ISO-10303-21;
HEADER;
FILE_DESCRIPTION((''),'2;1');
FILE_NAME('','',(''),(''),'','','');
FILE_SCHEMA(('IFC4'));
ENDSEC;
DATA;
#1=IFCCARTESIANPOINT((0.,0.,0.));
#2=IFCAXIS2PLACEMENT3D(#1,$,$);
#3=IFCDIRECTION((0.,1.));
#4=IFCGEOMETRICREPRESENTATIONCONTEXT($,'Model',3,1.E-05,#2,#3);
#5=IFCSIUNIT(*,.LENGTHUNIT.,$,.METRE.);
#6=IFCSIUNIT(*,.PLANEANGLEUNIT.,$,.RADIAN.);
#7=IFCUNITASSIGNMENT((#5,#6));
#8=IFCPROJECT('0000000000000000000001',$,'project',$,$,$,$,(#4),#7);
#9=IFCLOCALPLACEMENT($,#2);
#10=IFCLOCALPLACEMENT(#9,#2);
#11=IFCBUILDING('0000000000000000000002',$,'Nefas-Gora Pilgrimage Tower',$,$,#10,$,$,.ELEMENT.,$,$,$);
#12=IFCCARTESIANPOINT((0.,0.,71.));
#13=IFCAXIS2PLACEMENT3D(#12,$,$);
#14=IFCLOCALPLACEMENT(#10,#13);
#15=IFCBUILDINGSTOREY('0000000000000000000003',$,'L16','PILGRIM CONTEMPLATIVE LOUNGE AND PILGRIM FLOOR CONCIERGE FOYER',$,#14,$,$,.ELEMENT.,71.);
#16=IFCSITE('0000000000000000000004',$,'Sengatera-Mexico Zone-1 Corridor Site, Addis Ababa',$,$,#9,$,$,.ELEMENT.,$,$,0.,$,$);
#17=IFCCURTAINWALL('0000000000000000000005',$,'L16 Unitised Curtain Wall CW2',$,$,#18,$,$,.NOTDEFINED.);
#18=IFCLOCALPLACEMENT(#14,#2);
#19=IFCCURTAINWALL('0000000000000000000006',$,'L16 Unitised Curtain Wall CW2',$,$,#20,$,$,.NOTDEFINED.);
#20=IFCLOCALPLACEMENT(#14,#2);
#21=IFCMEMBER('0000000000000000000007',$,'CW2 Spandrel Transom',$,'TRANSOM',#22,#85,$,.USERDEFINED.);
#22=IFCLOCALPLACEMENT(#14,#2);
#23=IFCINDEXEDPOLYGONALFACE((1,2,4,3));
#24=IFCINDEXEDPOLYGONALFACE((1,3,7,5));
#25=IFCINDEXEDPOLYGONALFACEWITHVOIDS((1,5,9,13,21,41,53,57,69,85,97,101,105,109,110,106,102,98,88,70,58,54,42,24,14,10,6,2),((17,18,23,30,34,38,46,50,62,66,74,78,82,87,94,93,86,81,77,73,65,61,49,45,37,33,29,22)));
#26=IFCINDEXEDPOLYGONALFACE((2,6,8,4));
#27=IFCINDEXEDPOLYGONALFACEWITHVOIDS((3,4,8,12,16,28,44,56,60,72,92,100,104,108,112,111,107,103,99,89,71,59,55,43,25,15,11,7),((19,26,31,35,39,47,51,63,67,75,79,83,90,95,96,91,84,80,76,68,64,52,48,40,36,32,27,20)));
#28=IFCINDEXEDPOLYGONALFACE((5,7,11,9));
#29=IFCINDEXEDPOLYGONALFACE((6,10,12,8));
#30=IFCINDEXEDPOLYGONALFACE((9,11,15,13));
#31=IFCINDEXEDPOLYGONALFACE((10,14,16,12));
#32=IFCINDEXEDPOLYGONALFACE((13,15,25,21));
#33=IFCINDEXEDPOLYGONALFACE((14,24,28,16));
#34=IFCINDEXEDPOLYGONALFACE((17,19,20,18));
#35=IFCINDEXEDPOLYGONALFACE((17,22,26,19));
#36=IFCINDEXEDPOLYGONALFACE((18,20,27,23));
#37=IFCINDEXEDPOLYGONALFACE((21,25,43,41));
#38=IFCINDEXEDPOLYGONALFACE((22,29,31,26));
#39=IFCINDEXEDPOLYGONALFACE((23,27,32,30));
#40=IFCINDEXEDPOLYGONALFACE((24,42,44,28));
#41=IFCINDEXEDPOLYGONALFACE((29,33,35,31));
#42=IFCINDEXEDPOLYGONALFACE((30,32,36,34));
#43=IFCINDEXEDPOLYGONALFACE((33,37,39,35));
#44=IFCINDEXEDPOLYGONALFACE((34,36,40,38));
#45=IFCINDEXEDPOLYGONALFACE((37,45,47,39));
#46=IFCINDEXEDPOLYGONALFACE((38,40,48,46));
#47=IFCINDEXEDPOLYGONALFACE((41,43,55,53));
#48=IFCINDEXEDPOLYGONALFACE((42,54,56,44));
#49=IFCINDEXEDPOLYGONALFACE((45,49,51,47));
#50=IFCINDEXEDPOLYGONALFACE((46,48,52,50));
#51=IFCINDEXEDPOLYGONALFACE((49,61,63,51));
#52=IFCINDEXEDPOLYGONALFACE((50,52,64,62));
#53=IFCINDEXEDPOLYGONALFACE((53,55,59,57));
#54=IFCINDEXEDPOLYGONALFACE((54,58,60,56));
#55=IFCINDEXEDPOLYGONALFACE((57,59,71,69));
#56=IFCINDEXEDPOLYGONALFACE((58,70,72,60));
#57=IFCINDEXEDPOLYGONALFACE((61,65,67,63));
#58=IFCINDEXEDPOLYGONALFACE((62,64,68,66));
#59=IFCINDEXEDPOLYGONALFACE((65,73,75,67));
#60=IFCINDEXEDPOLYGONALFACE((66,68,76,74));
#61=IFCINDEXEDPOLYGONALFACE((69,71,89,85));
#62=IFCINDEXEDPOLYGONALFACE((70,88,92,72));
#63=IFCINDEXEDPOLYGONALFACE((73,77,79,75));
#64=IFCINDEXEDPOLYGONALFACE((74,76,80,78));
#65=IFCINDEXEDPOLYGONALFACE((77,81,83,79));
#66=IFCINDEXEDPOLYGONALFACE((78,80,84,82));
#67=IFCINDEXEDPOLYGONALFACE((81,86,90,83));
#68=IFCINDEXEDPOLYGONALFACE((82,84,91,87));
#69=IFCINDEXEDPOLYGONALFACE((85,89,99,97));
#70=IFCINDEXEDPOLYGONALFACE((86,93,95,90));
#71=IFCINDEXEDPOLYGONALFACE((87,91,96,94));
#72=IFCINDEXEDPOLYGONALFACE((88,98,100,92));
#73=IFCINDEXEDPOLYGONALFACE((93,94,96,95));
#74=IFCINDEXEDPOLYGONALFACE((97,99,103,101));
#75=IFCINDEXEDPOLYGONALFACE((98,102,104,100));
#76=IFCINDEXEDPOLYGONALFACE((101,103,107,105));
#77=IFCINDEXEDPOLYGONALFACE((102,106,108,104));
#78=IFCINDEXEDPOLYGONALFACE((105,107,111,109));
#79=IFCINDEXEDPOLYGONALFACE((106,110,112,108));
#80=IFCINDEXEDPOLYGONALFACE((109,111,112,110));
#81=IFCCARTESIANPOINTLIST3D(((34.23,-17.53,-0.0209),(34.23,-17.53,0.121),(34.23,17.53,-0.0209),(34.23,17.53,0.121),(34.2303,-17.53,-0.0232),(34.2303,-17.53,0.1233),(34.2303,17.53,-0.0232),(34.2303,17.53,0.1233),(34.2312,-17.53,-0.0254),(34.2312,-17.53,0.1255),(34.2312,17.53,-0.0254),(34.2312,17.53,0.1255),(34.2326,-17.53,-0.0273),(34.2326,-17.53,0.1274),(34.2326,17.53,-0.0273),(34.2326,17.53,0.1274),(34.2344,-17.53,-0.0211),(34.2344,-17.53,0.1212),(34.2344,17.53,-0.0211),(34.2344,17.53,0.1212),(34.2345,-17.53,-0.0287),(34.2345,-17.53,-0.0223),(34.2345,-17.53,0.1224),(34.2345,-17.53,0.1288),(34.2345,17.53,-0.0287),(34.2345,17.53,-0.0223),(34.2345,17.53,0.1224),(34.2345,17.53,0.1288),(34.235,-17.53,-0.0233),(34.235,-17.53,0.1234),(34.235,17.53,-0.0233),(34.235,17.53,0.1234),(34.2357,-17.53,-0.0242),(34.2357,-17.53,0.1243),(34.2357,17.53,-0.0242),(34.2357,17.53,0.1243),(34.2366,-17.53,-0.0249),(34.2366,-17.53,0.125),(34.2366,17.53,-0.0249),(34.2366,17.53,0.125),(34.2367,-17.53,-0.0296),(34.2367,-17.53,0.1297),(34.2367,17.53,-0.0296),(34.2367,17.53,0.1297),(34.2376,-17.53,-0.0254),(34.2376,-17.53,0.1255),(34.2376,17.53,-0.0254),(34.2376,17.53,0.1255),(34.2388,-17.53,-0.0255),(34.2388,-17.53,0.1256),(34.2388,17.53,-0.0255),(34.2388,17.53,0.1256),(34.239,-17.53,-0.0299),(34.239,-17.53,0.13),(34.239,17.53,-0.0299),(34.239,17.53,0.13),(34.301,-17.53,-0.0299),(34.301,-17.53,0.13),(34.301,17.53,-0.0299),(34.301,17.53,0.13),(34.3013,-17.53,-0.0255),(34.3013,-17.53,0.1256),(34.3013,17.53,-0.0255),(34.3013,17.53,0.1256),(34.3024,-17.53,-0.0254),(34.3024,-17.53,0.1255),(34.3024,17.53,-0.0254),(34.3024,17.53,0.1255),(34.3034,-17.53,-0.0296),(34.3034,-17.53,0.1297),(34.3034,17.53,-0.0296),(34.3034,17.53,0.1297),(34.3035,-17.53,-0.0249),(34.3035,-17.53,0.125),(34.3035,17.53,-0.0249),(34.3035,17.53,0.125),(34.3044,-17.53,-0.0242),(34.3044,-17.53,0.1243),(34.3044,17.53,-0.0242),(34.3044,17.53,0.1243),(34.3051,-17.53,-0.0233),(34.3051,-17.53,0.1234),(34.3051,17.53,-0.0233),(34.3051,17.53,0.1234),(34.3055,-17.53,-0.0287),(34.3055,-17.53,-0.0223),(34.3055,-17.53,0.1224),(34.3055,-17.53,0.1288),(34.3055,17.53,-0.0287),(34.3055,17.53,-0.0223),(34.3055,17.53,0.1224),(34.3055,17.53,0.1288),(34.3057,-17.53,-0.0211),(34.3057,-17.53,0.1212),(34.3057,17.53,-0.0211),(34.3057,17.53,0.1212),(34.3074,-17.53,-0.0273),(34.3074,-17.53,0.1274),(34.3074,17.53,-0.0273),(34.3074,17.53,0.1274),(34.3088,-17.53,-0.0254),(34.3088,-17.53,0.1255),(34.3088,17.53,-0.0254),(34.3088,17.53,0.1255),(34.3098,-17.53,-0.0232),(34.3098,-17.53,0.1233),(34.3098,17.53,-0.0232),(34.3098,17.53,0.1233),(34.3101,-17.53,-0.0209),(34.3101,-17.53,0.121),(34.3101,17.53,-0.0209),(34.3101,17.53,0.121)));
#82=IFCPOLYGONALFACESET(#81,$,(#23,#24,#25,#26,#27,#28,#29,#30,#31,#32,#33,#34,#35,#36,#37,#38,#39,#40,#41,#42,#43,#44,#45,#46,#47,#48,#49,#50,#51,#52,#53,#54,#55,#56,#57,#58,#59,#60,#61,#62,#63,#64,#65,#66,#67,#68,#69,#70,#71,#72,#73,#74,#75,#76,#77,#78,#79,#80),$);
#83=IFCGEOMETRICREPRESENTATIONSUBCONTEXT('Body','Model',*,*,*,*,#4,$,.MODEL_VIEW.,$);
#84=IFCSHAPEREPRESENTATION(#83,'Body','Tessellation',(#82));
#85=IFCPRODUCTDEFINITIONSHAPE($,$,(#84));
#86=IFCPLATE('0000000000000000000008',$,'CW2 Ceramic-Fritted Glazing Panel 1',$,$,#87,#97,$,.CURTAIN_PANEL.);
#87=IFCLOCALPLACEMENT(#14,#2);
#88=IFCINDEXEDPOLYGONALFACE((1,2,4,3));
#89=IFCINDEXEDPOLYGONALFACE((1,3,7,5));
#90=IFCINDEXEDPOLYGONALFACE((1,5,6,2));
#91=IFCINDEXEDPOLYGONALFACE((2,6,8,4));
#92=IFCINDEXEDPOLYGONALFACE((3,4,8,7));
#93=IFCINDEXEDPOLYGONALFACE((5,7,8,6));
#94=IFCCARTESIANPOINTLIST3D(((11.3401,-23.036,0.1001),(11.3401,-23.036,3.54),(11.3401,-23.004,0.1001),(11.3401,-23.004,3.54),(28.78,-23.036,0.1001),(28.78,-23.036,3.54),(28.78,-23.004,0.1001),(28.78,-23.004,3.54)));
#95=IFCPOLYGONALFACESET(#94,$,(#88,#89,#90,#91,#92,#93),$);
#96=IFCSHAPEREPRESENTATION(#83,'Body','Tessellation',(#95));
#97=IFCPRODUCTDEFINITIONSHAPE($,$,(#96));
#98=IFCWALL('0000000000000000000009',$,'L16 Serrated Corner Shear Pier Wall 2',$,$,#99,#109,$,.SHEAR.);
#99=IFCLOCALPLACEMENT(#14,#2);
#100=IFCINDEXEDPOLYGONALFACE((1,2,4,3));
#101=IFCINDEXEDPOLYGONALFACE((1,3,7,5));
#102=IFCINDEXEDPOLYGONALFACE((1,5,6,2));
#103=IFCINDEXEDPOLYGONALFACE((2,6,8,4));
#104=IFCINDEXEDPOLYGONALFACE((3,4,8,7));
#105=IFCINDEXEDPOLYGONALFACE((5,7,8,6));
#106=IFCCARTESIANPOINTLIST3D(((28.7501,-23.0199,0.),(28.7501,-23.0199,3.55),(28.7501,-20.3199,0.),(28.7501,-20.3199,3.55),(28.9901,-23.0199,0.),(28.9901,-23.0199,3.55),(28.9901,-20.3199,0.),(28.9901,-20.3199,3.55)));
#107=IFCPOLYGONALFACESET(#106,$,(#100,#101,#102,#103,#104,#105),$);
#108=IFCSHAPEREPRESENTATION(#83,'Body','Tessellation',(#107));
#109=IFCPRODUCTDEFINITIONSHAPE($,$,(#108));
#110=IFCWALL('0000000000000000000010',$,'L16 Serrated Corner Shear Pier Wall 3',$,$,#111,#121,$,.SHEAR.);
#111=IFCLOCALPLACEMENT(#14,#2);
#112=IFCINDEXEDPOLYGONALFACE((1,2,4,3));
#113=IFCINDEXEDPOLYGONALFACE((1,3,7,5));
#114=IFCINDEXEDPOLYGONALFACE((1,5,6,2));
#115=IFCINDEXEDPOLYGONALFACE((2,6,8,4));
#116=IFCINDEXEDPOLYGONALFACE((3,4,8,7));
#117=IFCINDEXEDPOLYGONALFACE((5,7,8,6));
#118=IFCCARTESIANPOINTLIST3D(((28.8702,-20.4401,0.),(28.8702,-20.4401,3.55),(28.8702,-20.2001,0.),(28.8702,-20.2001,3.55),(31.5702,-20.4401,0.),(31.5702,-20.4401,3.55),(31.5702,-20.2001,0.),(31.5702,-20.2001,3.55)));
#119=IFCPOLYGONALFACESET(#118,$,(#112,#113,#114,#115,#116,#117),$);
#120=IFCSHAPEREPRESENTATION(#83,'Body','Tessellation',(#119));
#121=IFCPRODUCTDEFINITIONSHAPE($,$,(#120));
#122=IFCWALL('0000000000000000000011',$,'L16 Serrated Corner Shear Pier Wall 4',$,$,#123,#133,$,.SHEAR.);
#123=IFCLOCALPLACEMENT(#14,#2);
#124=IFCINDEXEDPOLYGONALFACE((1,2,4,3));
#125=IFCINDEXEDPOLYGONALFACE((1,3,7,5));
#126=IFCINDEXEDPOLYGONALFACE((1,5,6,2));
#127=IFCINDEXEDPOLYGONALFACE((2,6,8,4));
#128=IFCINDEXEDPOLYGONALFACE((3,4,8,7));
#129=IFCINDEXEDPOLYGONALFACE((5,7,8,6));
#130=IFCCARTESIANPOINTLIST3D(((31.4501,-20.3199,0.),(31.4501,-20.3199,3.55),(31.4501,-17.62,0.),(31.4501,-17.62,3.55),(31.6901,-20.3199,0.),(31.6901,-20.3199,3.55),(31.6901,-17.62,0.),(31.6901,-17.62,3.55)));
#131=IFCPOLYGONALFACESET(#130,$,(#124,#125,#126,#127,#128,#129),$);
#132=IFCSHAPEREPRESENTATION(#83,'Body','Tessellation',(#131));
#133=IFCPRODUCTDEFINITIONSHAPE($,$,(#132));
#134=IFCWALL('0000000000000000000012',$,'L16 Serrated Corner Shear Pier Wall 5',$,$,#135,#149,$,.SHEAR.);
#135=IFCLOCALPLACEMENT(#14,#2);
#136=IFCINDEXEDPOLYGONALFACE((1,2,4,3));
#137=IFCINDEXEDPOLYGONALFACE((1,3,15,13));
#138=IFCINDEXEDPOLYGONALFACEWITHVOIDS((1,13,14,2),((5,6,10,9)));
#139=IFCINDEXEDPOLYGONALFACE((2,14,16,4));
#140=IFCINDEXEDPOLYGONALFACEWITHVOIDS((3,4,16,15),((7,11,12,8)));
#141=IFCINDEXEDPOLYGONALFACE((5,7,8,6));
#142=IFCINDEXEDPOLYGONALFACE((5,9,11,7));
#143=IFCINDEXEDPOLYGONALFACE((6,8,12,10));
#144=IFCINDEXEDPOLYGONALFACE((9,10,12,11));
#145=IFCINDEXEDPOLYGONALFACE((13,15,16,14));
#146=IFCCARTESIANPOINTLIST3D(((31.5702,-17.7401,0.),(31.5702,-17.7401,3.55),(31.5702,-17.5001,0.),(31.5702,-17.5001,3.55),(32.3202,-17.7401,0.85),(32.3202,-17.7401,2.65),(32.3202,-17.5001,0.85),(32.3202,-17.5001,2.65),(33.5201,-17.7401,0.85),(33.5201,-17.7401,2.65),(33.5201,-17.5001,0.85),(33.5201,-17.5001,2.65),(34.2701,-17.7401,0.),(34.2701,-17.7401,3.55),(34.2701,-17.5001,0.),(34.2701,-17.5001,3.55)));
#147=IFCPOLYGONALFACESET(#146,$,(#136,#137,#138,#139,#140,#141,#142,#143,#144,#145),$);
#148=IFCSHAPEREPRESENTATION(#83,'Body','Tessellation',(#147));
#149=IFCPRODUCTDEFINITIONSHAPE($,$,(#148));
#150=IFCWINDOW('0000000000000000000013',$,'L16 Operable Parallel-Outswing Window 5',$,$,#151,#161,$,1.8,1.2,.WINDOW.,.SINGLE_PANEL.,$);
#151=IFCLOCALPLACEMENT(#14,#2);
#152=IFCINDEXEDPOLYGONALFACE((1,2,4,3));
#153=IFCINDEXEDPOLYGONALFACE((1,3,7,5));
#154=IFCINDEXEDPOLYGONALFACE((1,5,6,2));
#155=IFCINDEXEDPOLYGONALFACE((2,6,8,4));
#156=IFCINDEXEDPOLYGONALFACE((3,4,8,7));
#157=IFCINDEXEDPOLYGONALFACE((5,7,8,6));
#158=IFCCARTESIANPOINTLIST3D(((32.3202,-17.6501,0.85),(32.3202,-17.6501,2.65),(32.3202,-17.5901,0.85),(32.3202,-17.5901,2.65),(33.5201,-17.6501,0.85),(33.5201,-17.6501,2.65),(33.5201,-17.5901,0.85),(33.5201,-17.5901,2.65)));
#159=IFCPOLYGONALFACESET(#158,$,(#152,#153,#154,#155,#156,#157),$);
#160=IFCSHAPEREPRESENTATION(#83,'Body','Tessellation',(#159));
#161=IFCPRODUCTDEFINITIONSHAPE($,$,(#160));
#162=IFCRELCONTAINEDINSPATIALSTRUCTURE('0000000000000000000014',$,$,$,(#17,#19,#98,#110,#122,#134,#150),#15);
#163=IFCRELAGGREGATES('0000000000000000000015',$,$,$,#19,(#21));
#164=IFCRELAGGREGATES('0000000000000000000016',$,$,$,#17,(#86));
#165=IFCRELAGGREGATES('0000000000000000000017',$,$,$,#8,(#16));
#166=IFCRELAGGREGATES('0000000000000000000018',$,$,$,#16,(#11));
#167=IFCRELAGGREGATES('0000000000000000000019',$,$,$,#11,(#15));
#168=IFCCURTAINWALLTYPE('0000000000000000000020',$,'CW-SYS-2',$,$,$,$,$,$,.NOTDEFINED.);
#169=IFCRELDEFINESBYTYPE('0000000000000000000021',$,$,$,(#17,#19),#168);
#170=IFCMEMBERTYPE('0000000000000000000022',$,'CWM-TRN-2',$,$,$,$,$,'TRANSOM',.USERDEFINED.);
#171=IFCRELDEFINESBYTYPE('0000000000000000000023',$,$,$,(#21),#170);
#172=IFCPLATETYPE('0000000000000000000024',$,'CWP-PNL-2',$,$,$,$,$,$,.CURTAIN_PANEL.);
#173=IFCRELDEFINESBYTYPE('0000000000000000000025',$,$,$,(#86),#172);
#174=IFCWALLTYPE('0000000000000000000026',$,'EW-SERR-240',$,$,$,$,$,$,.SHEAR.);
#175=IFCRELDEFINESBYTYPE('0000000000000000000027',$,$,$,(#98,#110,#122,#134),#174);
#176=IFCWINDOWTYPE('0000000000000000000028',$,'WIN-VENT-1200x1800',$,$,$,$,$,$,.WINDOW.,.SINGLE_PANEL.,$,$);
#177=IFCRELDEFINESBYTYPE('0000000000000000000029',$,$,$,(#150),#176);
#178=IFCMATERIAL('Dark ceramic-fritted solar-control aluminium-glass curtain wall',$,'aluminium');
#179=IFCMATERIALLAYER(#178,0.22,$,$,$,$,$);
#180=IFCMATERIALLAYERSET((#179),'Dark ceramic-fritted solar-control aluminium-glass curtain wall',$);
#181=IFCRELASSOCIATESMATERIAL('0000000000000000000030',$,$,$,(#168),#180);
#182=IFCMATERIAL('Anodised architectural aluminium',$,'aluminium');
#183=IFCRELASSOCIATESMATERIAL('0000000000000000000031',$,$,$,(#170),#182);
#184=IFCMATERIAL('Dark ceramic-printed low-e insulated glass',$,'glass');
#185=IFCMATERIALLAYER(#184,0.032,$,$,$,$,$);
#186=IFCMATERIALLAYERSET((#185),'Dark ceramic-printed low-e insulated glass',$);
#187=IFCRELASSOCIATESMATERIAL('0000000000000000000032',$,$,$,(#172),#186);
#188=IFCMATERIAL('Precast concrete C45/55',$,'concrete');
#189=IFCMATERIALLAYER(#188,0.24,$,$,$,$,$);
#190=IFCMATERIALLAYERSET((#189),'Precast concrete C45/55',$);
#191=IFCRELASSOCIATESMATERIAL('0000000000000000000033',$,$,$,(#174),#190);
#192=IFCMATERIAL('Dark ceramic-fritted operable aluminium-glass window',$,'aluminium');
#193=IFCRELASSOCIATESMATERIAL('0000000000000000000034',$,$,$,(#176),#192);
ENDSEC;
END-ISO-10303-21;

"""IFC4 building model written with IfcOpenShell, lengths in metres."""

from ifc_helpers import new_model, si_unit, direction, frame, frame_2d, origin, origin_2d, place, context, subcontext, project, spatial, rectangle, hollow_rectangle, extrude, source, transform, mapped, material, layer, layer_set, material_profile, profile_set, type_object, element, fill, aggregate, save


model = new_model("IFC4")

# Units and contexts
model_context = context("Model", 3, precision=1e-05, world=origin(), true_north=direction((0.0, 1.0)))
body_context = subcontext(model_context, "Body", "Model", "MODEL_VIEW")
ifc_project = project(units=[si_unit("LENGTHUNIT", "METRE"), si_unit("PLANEANGLEUNIT", "RADIAN")], contexts=[model_context])

# Site, building, storey
site_placement = place(None, origin())
site = spatial("IfcSite", under=ifc_project, at=site_placement, Name="Sengatera-Mexico Zone-1 Corridor Site, Addis Ababa", CompositionType="ELEMENT", RefElevation=0.0)
building_placement = place(site_placement, origin())
building = spatial("IfcBuilding", under=site, at=building_placement, Name="Nefas-Gora Pilgrimage Tower", CompositionType="ELEMENT")
storey_placement = place(building_placement, frame((0.0, 0.0, 71.0)))
storey = spatial("IfcBuildingStorey", under=building, at=storey_placement, Name="L16", Description="PILGRIM CONTEMPLATIVE LOUNGE AND PILGRIM FLOOR CONCIERGE FOYER", CompositionType="ELEMENT", Elevation=71.0)

# Curtain wall
ifc_material_1 = material(Name="Dark ceramic-fritted solar-control aluminium-glass curtain wall", Category="aluminium")
ifc_layer_1 = layer(ifc_material_1, 0.22)
ifc_layer_set_1 = layer_set([ifc_layer_1], Name="Dark ceramic-fritted solar-control aluminium-glass curtain wall")
curtain_wall_type = type_object("IfcCurtainWallType", Name="CW-SYS-2", PredefinedType="NOTDEFINED", material=ifc_layer_set_1)
curtain_wall_1_placement = place(storey_placement, origin())
curtain_wall_1 = element("IfcCurtainWall", 1, at=curtain_wall_1_placement, inside=storey, type_object=curtain_wall_type, Name="L16 Unitised Curtain Wall CW2", PredefinedType="NOTDEFINED")
ifc_material_2 = material(Name="Anodised architectural aluminium", Category="aluminium")

# Curtain wall, member
curtain_wall_2_placement = place(storey_placement, origin())
curtain_wall_2 = element("IfcCurtainWall", 2, at=curtain_wall_2_placement, inside=storey, type_object=curtain_wall_type, Name="L16 Unitised Curtain Wall CW2", PredefinedType="NOTDEFINED")
ifc_material_profile_1 = material_profile(ifc_material_2, hollow_rectangle(XDim=0.0801, YDim=0.1599, WallThickness=0.0044, InnerFilletRadius=0.0044, OuterFilletRadius=0.009, at=origin_2d()), Name="ALU TRANSOM 80x160")
ifc_profile_set_1 = profile_set([ifc_material_profile_1], Name="Anodised architectural aluminium")
member_type_1 = type_object("IfcMemberType", Name="CWM-TRN-2", ElementType="TRANSOM", PredefinedType="USERDEFINED", material=ifc_profile_set_1)
shared_shape_1 = source(origin(), body_context, "Body", "SweptSolid", [
    extrude(hollow_rectangle(XDim=0.0801, YDim=0.1599, WallThickness=0.0044, InnerFilletRadius=0.0044, OuterFilletRadius=0.009, at=origin_2d()), origin(), (0.0, 0.0, 1.0), 35.0601),
])
member_1_placement = place(storey_placement, frame((34.27, -17.53, 0.05), z_axis=(0.0, 1.0, 0.0), x_axis=(-1.0, 0.0, 0.0)))
member_1 = element("IfcMember", 3, at=member_1_placement, type_object=member_type_1, Name="CW2 Spandrel Transom", ObjectType="TRANSOM", PredefinedType="USERDEFINED", context=body_context, shape_type="MappedRepresentation", body=[
    mapped(shared_shape_1, transform((0.0, 0.0, 0.0), x_axis=(1.0, 0.0, 0.0), y_axis=(0.0, 1.0, 0.0), z_axis=(0.0, 0.0, 1.0), scale=1.0)),
])
aggregate(curtain_wall_2, [member_1])

# Plate
ifc_material_3 = material(Name="Dark ceramic-printed low-e insulated glass", Category="glass")
ifc_layer_2 = layer(ifc_material_3, 0.032)
ifc_layer_set_2 = layer_set([ifc_layer_2], Name="Dark ceramic-printed low-e insulated glass")
plate_type = type_object("IfcPlateType", Name="CWP-PNL-2", PredefinedType="CURTAIN_PANEL", material=ifc_layer_set_2)
shared_shape_2 = source(origin(), body_context, "Body", "SweptSolid", [
    extrude(rectangle(XDim=17.4399, YDim=0.032, at=origin_2d()), origin(), (0.0, 0.0, 1.0), 3.4399),
])
plate_placement = place(storey_placement, frame((20.0601, -23.02, 0.1001), z_axis=(0.0, 0.0, 1.0), x_axis=(1.0, 0.0, 0.0)))
plate = element("IfcPlate", 4, at=plate_placement, type_object=plate_type, Name="CW2 Ceramic-Fritted Glazing Panel 1", PredefinedType="CURTAIN_PANEL", context=body_context, shape_type="MappedRepresentation", body=[
    mapped(shared_shape_2, transform((0.0, 0.0, 0.0), x_axis=(1.0, 0.0, 0.0), y_axis=(0.0, 1.0, 0.0), z_axis=(0.0, 0.0, 1.0), scale=1.0)),
])
aggregate(curtain_wall_1, [plate])

# Walls
ifc_material_4 = material(Name="Precast concrete C45/55", Category="concrete")
ifc_layer_3 = layer(ifc_material_4, 0.24)
ifc_layer_set_3 = layer_set([ifc_layer_3], Name="Precast concrete C45/55")
wall_type_1 = type_object("IfcWallType", Name="EW-SERR-240", PredefinedType="SHEAR", material=ifc_layer_set_3)
shared_shape_3 = source(origin(), body_context, "Body", "SweptSolid", [
    extrude(rectangle(XDim=2.7, YDim=0.24, at=frame_2d((1.3501, 0.0))), origin(), (0.0, 0.0, 1.0), 3.55),
])
for number, where, z_axis, x_axis, name in (
    (5, (28.8701, -23.02, 0.0), (0.0, 0.0, 1.0), (0.0, 1.0, 0.0), "L16 Serrated Corner Shear Pier Wall 2"),
    (6, (28.8701, -20.3201, 0.0), (0.0, 0.0, 1.0), (1.0, 0.0, 0.0), "L16 Serrated Corner Shear Pier Wall 3"),
    (7, (31.5701, -20.3201, 0.0), (0.0, 0.0, 1.0), (0.0, 1.0, 0.0), "L16 Serrated Corner Shear Pier Wall 4"),
):
    element("IfcWall", number, at=place(storey_placement, frame(where, z_axis=z_axis, x_axis=x_axis)), inside=storey, type_object=wall_type_1, Name=name, PredefinedType="SHEAR", context=body_context, shape_type="MappedRepresentation", body=[
        mapped(shared_shape_3, transform((0.0, 0.0, 0.0), x_axis=(1.0, 0.0, 0.0), y_axis=(0.0, 1.0, 0.0), z_axis=(0.0, 0.0, 1.0), scale=1.0)),
    ])

# Wall, opening, window
wall_1_placement = place(storey_placement, frame((31.5701, -17.6201, 0.0), z_axis=(0.0, 0.0, 1.0), x_axis=(1.0, 0.0, 0.0)))
wall_1 = element("IfcWall", 8, at=wall_1_placement, inside=storey, type_object=wall_type_1, Name="L16 Serrated Corner Shear Pier Wall 5", PredefinedType="SHEAR", context=body_context, shape_type="MappedRepresentation", body=[
    mapped(shared_shape_3, transform((0.0, 0.0, 0.0), x_axis=(1.0, 0.0, 0.0), y_axis=(0.0, 1.0, 0.0), z_axis=(0.0, 0.0, 1.0), scale=1.0)),
])
opening_1_placement = place(wall_1_placement, frame((0.75, 0.0, 0.8501)))
opening_1 = element("IfcOpeningElement", 9, at=opening_1_placement, cuts=wall_1, PredefinedType="OPENING", context=body_context, shape_type="SweptSolid", body=[
    extrude(rectangle(XDim=1.2, YDim=1.8, at=frame_2d((0.6001, 0.8999))), frame((0.0, 0.1299, 0.0), z_axis=(0.0, -1.0, 0.0), x_axis=(1.0, 0.0, 0.0)), (0.0, 0.0, 1.0), 0.26),
])
ifc_material_5 = material(Name="Dark ceramic-fritted operable aluminium-glass window", Category="aluminium")
window_type = type_object("IfcWindowType", Name="WIN-VENT-1200x1800", PartitioningType="SINGLE_PANEL", PredefinedType="WINDOW", material=ifc_material_5)
shared_shape_4 = source(origin(), body_context, "Body", "SweptSolid", [
    extrude(rectangle(XDim=1.2, YDim=1.8, at=frame_2d((0.6001, 0.8999))), frame((0.0, 0.03, 0.0), z_axis=(0.0, -1.0, 0.0), x_axis=(1.0, 0.0, 0.0)), (0.0, 0.0, 1.0), 0.0601),
])
window_placement = place(opening_1_placement, origin())
window = element("IfcWindow", 10, at=window_placement, inside=storey, type_object=window_type, Name="L16 Operable Parallel-Outswing Window 5", OverallHeight=1.8, OverallWidth=1.2, PartitioningType="SINGLE_PANEL", PredefinedType="WINDOW", context=body_context, shape_type="MappedRepresentation", body=[
    mapped(shared_shape_4, transform((0.0, 0.0, 0.0), x_axis=(1.0, 0.0, 0.0), y_axis=(0.0, 1.0, 0.0), z_axis=(0.0, 0.0, 1.0), scale=1.0)),
])
fill(opening_1, window)

save(model, "model.ifc")
